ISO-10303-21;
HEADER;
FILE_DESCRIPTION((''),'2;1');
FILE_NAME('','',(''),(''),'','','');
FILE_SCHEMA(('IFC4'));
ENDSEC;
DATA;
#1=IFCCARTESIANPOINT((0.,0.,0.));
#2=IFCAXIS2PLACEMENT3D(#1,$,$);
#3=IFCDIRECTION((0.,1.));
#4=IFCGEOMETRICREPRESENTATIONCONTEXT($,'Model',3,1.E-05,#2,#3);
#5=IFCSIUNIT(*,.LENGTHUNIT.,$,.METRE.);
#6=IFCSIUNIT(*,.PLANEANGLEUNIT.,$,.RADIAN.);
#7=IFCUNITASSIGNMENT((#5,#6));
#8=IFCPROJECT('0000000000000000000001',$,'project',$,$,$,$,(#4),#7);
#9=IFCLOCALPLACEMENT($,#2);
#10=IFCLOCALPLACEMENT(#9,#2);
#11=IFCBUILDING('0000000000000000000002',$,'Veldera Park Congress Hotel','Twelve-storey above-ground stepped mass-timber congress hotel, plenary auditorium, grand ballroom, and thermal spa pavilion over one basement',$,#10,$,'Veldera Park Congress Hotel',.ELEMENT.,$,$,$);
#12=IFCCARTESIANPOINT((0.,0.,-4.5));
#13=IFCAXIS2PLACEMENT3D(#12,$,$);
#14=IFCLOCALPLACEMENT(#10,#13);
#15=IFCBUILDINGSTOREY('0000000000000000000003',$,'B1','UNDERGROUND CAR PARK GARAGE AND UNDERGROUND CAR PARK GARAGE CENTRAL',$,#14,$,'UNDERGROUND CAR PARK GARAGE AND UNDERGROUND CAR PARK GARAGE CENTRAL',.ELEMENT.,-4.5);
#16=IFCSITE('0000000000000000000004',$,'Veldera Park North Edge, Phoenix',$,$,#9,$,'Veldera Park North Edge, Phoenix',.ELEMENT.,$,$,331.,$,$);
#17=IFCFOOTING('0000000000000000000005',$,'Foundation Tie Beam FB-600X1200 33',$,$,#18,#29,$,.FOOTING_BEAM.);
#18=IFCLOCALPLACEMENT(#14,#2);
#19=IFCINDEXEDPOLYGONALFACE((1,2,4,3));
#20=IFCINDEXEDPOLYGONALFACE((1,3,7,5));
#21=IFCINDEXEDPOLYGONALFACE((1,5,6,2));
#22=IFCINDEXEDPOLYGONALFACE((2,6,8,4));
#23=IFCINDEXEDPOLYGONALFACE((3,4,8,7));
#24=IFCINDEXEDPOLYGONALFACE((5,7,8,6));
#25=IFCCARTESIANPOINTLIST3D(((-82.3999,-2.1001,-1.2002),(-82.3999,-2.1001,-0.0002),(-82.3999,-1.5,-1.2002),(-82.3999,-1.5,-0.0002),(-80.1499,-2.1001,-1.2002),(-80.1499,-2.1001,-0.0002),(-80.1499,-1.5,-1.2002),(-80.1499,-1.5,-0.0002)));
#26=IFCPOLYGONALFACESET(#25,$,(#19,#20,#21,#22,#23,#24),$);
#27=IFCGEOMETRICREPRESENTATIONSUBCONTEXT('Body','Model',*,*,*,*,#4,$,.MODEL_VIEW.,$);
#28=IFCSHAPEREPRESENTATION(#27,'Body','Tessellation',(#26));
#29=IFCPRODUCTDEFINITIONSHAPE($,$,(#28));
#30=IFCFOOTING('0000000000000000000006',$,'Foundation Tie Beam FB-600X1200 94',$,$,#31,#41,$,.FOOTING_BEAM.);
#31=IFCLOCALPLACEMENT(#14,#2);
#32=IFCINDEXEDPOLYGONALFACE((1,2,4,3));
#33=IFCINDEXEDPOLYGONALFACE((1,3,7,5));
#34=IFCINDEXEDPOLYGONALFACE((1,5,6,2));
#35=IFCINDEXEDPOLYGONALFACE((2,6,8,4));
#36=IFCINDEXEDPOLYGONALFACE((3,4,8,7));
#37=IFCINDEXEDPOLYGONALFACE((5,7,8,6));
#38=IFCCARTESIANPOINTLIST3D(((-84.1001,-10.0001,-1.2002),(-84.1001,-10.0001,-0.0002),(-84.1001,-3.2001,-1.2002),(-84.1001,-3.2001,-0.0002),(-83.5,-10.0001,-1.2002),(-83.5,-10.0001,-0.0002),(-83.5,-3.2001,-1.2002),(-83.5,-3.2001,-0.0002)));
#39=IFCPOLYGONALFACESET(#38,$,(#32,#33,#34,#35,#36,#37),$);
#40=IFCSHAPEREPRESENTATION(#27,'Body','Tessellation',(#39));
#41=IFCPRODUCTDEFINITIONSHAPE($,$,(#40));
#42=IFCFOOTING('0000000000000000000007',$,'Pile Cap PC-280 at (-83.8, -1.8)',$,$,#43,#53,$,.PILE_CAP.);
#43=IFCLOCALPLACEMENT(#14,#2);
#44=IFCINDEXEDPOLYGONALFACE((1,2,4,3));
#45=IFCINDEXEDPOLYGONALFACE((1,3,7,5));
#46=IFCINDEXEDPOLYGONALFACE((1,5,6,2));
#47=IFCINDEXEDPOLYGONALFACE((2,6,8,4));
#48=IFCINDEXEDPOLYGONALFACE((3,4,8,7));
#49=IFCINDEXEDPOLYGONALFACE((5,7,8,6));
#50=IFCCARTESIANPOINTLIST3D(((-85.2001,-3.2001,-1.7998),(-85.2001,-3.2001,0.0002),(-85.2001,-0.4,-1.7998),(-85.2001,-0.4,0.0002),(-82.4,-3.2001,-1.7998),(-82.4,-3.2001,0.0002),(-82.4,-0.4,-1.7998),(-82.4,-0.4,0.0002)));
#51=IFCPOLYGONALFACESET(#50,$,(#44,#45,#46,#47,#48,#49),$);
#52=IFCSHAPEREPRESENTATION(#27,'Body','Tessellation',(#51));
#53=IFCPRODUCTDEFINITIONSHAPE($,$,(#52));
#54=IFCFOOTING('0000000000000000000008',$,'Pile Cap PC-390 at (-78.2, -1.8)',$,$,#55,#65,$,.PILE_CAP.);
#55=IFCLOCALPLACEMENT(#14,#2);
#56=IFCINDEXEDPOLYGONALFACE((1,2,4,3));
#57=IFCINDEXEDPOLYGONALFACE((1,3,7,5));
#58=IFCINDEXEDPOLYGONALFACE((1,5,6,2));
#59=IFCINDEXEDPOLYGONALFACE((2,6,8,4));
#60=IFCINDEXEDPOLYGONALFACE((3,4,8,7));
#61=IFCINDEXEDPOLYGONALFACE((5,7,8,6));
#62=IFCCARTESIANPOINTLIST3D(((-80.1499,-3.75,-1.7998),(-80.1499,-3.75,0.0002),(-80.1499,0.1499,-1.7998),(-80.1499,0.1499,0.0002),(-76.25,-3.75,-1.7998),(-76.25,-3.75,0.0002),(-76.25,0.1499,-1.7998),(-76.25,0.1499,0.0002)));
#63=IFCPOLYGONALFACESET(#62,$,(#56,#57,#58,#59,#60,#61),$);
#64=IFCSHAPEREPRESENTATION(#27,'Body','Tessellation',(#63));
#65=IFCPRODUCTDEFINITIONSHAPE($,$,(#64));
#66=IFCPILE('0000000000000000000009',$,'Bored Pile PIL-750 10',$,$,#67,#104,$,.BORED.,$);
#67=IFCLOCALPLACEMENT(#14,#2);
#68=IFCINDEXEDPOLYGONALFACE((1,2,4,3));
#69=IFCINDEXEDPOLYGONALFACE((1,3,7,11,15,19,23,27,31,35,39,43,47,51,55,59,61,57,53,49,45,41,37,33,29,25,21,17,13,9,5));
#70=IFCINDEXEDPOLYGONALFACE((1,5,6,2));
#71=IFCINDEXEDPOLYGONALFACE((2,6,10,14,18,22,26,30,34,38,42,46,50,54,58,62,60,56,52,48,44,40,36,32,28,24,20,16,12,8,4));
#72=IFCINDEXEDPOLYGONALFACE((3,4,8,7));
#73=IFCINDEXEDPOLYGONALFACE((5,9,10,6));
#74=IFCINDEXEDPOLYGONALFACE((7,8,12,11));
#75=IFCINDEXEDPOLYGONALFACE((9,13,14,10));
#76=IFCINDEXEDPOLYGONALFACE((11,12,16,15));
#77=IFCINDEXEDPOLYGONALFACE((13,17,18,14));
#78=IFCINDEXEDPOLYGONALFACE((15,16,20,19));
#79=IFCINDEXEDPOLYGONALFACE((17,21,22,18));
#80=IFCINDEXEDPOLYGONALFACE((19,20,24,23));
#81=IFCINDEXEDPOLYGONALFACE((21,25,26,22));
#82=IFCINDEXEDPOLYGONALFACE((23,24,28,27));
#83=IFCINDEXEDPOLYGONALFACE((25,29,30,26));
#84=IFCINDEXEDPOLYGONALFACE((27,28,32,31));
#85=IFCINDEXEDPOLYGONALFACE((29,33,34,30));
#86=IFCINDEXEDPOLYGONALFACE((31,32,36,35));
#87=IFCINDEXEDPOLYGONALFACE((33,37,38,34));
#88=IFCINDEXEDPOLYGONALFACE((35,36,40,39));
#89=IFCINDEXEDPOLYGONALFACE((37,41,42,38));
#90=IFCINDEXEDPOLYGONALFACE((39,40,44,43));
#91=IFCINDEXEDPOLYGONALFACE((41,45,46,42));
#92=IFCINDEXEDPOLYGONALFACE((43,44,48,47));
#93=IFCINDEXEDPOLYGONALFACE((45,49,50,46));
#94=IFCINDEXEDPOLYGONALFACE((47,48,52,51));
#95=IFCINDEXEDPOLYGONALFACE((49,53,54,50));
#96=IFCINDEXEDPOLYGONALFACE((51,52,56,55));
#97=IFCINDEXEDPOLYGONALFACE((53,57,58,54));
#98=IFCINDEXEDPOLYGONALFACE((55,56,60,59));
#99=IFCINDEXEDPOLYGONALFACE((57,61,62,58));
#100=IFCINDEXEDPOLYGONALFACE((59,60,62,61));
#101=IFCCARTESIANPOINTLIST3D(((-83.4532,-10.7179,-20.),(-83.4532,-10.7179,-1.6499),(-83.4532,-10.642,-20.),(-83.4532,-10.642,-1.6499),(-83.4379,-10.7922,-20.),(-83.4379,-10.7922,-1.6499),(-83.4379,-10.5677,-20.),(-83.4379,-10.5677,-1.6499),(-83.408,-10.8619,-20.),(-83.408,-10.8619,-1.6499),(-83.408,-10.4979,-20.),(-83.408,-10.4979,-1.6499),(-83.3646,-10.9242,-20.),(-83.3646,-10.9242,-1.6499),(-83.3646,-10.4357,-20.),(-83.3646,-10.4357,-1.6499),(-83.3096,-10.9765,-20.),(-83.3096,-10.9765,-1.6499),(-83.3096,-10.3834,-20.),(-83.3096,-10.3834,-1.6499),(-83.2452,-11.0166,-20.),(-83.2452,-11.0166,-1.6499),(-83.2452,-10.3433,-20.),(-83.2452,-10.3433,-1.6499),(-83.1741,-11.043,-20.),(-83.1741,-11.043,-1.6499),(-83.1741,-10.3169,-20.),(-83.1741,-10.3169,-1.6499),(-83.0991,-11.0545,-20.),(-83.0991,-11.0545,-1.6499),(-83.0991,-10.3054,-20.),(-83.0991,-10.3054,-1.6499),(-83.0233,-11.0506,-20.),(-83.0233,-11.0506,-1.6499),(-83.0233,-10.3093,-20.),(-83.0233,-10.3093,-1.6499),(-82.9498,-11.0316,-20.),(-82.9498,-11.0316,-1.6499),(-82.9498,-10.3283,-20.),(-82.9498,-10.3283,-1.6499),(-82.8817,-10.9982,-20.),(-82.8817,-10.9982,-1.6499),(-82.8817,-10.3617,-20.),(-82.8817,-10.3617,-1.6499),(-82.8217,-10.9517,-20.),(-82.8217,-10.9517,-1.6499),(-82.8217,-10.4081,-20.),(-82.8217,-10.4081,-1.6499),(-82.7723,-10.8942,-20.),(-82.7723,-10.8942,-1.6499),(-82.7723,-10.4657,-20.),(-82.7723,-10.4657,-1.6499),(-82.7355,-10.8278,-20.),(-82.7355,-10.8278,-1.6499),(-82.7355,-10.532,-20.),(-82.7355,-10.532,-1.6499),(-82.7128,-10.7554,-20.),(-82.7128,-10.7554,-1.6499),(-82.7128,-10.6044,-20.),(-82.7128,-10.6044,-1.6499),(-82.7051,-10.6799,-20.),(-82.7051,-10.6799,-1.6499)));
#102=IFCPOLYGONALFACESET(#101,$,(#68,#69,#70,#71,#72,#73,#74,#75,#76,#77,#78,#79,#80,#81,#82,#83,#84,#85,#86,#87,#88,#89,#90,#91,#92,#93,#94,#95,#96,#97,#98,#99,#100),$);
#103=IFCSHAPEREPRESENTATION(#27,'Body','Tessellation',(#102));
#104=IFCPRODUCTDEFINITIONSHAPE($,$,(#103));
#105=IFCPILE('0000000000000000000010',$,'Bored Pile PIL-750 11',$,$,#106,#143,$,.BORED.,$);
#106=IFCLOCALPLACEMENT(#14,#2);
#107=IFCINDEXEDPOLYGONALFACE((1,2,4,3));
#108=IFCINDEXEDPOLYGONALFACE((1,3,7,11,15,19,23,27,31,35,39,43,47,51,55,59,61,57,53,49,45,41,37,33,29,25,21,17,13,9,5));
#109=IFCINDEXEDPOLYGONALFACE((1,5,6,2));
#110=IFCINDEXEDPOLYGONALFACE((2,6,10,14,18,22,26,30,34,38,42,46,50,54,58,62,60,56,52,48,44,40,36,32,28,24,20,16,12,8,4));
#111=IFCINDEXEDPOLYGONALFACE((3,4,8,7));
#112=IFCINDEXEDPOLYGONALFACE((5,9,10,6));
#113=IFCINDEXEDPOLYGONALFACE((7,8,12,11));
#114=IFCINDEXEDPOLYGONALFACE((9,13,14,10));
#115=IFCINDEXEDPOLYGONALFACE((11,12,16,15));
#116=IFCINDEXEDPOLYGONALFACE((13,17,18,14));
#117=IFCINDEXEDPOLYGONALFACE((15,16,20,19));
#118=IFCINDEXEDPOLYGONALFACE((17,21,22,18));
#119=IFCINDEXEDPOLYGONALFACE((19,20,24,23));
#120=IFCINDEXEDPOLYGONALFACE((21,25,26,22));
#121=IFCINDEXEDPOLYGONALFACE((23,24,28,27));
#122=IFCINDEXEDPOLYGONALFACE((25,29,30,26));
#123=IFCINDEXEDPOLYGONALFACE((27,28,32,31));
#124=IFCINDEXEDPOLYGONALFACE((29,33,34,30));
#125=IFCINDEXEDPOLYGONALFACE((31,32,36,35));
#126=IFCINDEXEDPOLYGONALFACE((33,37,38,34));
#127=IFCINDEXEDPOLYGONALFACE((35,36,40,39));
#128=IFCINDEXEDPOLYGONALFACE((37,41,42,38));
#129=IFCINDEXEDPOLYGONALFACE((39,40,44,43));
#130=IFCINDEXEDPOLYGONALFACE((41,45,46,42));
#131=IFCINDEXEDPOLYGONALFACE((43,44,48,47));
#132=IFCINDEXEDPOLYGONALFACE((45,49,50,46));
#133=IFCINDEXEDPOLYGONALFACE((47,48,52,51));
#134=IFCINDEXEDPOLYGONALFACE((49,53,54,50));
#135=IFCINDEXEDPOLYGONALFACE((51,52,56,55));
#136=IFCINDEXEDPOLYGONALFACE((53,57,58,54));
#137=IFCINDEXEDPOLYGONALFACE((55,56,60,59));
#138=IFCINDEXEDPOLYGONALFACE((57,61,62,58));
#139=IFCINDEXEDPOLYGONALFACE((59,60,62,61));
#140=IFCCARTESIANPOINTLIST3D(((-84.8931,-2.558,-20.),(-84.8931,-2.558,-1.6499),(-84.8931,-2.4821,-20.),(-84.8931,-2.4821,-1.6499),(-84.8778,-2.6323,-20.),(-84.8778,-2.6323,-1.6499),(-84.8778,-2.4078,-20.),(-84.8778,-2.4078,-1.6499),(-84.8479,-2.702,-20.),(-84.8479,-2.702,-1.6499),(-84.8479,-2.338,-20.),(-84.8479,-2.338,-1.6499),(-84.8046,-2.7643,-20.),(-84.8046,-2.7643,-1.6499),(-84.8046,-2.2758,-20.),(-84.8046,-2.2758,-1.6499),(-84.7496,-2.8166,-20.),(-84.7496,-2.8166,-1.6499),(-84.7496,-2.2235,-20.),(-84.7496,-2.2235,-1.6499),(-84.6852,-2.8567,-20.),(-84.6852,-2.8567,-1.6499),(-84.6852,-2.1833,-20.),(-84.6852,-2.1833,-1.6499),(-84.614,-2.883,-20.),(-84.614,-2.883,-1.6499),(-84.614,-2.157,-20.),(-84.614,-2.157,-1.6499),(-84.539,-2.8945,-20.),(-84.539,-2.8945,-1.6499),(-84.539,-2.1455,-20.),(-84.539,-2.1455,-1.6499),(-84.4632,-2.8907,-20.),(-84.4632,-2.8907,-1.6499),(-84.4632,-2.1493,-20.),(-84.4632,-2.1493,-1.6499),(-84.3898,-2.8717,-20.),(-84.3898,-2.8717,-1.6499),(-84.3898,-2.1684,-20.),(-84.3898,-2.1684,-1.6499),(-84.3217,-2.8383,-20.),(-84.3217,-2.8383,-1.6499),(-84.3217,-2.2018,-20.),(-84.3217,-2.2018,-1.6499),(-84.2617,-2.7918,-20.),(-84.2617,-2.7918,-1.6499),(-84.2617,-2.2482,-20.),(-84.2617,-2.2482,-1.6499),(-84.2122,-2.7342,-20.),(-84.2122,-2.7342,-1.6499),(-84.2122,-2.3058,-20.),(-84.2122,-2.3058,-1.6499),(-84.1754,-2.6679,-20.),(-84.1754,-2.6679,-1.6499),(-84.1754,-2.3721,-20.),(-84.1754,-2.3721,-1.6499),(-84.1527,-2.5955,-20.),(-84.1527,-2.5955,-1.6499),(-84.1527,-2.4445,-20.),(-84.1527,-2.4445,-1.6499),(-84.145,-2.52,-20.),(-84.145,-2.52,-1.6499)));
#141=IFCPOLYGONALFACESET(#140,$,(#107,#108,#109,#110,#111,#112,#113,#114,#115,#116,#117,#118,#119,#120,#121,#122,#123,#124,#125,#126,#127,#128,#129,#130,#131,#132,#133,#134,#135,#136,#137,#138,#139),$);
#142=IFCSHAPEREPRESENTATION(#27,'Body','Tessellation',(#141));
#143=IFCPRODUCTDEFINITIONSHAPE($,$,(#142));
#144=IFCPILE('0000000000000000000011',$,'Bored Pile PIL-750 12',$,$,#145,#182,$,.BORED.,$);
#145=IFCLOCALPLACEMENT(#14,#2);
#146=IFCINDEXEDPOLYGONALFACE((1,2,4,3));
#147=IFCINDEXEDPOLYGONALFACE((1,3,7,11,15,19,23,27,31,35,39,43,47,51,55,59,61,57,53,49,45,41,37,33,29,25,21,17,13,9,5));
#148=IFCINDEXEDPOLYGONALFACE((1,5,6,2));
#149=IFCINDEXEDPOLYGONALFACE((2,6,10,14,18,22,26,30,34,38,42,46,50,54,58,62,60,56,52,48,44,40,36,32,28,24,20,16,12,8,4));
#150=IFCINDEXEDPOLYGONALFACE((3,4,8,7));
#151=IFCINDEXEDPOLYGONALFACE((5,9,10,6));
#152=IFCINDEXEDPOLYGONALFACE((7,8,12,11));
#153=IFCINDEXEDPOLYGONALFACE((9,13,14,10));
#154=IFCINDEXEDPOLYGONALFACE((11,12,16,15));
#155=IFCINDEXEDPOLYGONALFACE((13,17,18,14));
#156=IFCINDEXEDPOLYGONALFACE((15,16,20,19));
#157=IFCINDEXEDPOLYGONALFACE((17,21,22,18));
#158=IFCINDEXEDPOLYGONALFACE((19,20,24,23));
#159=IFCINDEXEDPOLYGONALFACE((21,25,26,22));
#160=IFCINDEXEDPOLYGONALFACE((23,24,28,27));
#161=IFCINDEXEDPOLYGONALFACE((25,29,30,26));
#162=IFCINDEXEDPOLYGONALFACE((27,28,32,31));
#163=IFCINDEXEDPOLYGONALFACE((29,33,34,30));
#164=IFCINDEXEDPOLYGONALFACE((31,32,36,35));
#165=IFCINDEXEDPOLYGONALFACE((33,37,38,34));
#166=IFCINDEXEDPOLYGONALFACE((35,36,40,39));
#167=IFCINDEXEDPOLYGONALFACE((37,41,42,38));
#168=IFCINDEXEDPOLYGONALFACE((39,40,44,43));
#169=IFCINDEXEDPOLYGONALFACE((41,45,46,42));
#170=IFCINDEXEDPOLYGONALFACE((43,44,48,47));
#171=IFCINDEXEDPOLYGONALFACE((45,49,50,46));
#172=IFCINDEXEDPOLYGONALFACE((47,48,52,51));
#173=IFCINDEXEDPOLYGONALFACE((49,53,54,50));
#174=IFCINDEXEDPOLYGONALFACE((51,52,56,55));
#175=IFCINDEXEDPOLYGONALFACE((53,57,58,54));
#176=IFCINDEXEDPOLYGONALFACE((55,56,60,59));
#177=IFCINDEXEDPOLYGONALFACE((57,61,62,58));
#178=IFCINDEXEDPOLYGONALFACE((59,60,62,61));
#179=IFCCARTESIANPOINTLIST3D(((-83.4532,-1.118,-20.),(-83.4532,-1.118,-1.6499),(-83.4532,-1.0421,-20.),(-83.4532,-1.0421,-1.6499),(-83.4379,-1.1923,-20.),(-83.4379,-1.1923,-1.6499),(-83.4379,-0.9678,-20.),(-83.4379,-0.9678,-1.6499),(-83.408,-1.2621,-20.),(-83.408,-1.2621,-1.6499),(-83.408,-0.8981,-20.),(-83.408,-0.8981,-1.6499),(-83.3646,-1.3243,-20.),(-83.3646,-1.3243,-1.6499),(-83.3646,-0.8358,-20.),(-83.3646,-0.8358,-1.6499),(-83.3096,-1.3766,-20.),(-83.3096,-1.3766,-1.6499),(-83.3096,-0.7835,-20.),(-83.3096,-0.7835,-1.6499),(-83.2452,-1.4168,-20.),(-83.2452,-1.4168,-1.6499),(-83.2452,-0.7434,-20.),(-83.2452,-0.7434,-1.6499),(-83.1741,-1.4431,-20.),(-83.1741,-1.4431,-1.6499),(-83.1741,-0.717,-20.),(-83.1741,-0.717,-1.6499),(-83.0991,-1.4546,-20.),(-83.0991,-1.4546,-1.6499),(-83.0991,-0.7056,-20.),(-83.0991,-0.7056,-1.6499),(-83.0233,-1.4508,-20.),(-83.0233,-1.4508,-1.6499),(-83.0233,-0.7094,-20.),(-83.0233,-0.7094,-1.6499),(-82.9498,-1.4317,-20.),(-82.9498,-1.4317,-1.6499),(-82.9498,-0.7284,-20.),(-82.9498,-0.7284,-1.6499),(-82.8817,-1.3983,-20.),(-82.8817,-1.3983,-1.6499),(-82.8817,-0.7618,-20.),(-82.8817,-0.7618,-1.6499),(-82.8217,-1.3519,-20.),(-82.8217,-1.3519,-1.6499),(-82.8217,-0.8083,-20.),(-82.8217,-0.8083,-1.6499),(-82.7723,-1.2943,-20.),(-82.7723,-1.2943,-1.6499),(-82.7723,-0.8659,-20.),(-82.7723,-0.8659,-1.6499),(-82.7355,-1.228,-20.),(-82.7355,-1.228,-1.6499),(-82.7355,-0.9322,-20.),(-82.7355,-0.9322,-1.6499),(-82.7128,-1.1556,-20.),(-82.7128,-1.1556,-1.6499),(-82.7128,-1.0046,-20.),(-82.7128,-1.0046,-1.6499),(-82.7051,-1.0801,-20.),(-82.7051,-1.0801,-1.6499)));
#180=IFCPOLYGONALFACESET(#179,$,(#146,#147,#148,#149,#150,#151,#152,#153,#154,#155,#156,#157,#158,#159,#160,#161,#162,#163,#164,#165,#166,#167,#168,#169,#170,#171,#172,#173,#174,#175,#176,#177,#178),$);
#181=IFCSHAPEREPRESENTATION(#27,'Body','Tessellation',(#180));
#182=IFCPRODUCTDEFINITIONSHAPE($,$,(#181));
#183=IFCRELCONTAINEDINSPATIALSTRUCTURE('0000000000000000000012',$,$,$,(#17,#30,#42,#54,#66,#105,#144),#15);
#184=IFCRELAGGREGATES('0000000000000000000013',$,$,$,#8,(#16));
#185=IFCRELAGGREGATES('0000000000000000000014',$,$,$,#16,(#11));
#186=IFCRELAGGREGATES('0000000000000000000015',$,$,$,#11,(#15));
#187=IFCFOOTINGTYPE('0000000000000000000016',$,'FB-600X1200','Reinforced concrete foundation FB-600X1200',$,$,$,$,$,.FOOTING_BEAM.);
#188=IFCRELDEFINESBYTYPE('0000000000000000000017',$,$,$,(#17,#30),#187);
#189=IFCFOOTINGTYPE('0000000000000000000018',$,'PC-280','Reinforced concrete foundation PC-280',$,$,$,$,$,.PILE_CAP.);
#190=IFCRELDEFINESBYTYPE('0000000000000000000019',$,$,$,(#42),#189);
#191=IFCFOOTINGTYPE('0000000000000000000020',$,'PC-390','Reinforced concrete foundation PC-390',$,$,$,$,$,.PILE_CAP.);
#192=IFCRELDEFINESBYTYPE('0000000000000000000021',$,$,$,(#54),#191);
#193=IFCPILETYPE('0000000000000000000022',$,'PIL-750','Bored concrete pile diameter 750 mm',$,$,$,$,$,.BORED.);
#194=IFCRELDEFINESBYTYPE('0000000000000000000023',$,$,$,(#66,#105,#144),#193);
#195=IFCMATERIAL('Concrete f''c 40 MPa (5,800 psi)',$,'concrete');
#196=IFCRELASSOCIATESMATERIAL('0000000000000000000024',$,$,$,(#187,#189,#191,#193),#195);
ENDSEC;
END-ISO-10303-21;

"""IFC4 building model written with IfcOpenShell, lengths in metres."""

from ifc_helpers import new_model, si_unit, direction, frame, origin, origin_2d, place, context, subcontext, project, spatial, rectangle, circle, extrude, material, material_profile, profile_set, type_object, element, save


model = new_model("IFC4")

# Units and contexts
model_context = context("Model", 3, precision=1e-05, world=origin(), true_north=direction((0.0, 1.0)))
body_context = subcontext(model_context, "Body", "Model", "MODEL_VIEW")
ifc_project = project(units=[si_unit("LENGTHUNIT", "METRE"), si_unit("PLANEANGLEUNIT", "RADIAN")], contexts=[model_context])

# Site, building, storey
site_placement = place(None, origin())
site = spatial("IfcSite", under=ifc_project, at=site_placement, Name="Veldera Park North Edge, Phoenix", LongName="Veldera Park North Edge, Phoenix", CompositionType="ELEMENT", RefElevation=331.0)
building_placement = place(site_placement, origin())
building = spatial("IfcBuilding", under=site, at=building_placement, Name="Veldera Park Congress Hotel", Description="Twelve-storey above-ground stepped mass-timber congress hotel, plenary auditorium, grand ballroom, and thermal spa pavilion over one basement", LongName="Veldera Park Congress Hotel", CompositionType="ELEMENT")
storey_placement = place(building_placement, frame((0.0, 0.0, -4.5)))
storey = spatial("IfcBuildingStorey", under=building, at=storey_placement, Name="B1", Description="UNDERGROUND CAR PARK GARAGE AND UNDERGROUND CAR PARK GARAGE CENTRAL", LongName="UNDERGROUND CAR PARK GARAGE AND UNDERGROUND CAR PARK GARAGE CENTRAL", CompositionType="ELEMENT", Elevation=-4.5)

# Footings
ifc_material_1 = material(Name="Concrete f'c 40 MPa (5,800 psi)", Category="concrete")
footing_type_1 = type_object("IfcFootingType", Name="FB-600X1200", Description="Reinforced concrete foundation FB-600X1200", PredefinedType="FOOTING_BEAM", material=ifc_material_1)
footing_1_placement = place(storey_placement, frame((-81.2749, -1.8, -1.2002), z_axis=(0.0, 0.0, 1.0), x_axis=(1.0, 0.0, 0.0)))
element("IfcFooting", 1, at=footing_1_placement, inside=storey, type_object=footing_type_1, Name="Foundation Tie Beam FB-600X1200 33", PredefinedType="FOOTING_BEAM", context=body_context, shape_type="SweptSolid", body=[
    extrude(rectangle(XDim=2.25, YDim=0.6001, at=origin_2d()), origin(), (0.0, 0.0, 1.0), 1.2),
])
footing_2_placement = place(storey_placement, frame((-83.8, -6.6001, -1.2002), z_axis=(0.0, 0.0, 1.0), x_axis=(0.0, 1.0, 0.0)))
element("IfcFooting", 2, at=footing_2_placement, inside=storey, type_object=footing_type_1, Name="Foundation Tie Beam FB-600X1200 94", PredefinedType="FOOTING_BEAM", context=body_context, shape_type="SweptSolid", body=[
    extrude(rectangle(XDim=6.8, YDim=0.6001, at=origin_2d()), origin(), (0.0, 0.0, 1.0), 1.2),
])
footing_type_2 = type_object("IfcFootingType", Name="PC-280", Description="Reinforced concrete foundation PC-280", PredefinedType="PILE_CAP", material=ifc_material_1)
footing_3_placement = place(storey_placement, frame((-83.8, -1.8, -1.7998), z_axis=(0.0, 0.0, 1.0), x_axis=(1.0, 0.0, 0.0)))
element("IfcFooting", 3, at=footing_3_placement, inside=storey, type_object=footing_type_2, Name="Pile Cap PC-280 at (-83.8, -1.8)", PredefinedType="PILE_CAP", context=body_context, shape_type="SweptSolid", body=[
    extrude(rectangle(XDim=2.8, YDim=2.8, at=origin_2d()), origin(), (0.0, 0.0, 1.0), 1.8),
])
footing_type_3 = type_object("IfcFootingType", Name="PC-390", Description="Reinforced concrete foundation PC-390", PredefinedType="PILE_CAP", material=ifc_material_1)
footing_4_placement = place(storey_placement, frame((-78.2, -1.8, -1.7998), z_axis=(0.0, 0.0, 1.0), x_axis=(1.0, 0.0, 0.0)))
element("IfcFooting", 4, at=footing_4_placement, inside=storey, type_object=footing_type_3, Name="Pile Cap PC-390 at (-78.2, -1.8)", PredefinedType="PILE_CAP", context=body_context, shape_type="SweptSolid", body=[
    extrude(rectangle(XDim=3.8999, YDim=3.8999, at=origin_2d()), origin(), (0.0, 0.0, 1.0), 1.8),
])

# Piles
ifc_material_profile_1 = material_profile(ifc_material_1, circle(Radius=0.375, at=origin_2d()), Name="PILE D750")
ifc_profile_set_1 = profile_set([ifc_material_profile_1], Name="Concrete f'c 40 MPa (5,800 psi)")
pile_type_1 = type_object("IfcPileType", Name="PIL-750", Description="Bored concrete pile diameter 750 mm", PredefinedType="BORED", material=ifc_profile_set_1)
for number, where, z_axis, x_axis, name in (
    (5, (-83.0801, -10.6799, -1.6499), (0.0, 0.0, -1.0), (1.0, 0.0, 0.0), "Bored Pile PIL-750 10"),
    (6, (-84.52, -2.52, -1.6499), (0.0, 0.0, -1.0), (1.0, 0.0, 0.0), "Bored Pile PIL-750 11"),
    (7, (-83.0801, -1.0801, -1.6499), (0.0, 0.0, -1.0), (1.0, 0.0, 0.0), "Bored Pile PIL-750 12"),
):
    element("IfcPile", number, at=place(storey_placement, frame(where, z_axis=z_axis, x_axis=x_axis)), inside=storey, type_object=pile_type_1, Name=name, PredefinedType="BORED", context=body_context, shape_type="SweptSolid", body=[
        extrude(circle(Radius=0.375, at=origin_2d()), origin(), (0.0, 0.0, 1.0), 18.3501),
    ])

save(model, "model.ifc")
